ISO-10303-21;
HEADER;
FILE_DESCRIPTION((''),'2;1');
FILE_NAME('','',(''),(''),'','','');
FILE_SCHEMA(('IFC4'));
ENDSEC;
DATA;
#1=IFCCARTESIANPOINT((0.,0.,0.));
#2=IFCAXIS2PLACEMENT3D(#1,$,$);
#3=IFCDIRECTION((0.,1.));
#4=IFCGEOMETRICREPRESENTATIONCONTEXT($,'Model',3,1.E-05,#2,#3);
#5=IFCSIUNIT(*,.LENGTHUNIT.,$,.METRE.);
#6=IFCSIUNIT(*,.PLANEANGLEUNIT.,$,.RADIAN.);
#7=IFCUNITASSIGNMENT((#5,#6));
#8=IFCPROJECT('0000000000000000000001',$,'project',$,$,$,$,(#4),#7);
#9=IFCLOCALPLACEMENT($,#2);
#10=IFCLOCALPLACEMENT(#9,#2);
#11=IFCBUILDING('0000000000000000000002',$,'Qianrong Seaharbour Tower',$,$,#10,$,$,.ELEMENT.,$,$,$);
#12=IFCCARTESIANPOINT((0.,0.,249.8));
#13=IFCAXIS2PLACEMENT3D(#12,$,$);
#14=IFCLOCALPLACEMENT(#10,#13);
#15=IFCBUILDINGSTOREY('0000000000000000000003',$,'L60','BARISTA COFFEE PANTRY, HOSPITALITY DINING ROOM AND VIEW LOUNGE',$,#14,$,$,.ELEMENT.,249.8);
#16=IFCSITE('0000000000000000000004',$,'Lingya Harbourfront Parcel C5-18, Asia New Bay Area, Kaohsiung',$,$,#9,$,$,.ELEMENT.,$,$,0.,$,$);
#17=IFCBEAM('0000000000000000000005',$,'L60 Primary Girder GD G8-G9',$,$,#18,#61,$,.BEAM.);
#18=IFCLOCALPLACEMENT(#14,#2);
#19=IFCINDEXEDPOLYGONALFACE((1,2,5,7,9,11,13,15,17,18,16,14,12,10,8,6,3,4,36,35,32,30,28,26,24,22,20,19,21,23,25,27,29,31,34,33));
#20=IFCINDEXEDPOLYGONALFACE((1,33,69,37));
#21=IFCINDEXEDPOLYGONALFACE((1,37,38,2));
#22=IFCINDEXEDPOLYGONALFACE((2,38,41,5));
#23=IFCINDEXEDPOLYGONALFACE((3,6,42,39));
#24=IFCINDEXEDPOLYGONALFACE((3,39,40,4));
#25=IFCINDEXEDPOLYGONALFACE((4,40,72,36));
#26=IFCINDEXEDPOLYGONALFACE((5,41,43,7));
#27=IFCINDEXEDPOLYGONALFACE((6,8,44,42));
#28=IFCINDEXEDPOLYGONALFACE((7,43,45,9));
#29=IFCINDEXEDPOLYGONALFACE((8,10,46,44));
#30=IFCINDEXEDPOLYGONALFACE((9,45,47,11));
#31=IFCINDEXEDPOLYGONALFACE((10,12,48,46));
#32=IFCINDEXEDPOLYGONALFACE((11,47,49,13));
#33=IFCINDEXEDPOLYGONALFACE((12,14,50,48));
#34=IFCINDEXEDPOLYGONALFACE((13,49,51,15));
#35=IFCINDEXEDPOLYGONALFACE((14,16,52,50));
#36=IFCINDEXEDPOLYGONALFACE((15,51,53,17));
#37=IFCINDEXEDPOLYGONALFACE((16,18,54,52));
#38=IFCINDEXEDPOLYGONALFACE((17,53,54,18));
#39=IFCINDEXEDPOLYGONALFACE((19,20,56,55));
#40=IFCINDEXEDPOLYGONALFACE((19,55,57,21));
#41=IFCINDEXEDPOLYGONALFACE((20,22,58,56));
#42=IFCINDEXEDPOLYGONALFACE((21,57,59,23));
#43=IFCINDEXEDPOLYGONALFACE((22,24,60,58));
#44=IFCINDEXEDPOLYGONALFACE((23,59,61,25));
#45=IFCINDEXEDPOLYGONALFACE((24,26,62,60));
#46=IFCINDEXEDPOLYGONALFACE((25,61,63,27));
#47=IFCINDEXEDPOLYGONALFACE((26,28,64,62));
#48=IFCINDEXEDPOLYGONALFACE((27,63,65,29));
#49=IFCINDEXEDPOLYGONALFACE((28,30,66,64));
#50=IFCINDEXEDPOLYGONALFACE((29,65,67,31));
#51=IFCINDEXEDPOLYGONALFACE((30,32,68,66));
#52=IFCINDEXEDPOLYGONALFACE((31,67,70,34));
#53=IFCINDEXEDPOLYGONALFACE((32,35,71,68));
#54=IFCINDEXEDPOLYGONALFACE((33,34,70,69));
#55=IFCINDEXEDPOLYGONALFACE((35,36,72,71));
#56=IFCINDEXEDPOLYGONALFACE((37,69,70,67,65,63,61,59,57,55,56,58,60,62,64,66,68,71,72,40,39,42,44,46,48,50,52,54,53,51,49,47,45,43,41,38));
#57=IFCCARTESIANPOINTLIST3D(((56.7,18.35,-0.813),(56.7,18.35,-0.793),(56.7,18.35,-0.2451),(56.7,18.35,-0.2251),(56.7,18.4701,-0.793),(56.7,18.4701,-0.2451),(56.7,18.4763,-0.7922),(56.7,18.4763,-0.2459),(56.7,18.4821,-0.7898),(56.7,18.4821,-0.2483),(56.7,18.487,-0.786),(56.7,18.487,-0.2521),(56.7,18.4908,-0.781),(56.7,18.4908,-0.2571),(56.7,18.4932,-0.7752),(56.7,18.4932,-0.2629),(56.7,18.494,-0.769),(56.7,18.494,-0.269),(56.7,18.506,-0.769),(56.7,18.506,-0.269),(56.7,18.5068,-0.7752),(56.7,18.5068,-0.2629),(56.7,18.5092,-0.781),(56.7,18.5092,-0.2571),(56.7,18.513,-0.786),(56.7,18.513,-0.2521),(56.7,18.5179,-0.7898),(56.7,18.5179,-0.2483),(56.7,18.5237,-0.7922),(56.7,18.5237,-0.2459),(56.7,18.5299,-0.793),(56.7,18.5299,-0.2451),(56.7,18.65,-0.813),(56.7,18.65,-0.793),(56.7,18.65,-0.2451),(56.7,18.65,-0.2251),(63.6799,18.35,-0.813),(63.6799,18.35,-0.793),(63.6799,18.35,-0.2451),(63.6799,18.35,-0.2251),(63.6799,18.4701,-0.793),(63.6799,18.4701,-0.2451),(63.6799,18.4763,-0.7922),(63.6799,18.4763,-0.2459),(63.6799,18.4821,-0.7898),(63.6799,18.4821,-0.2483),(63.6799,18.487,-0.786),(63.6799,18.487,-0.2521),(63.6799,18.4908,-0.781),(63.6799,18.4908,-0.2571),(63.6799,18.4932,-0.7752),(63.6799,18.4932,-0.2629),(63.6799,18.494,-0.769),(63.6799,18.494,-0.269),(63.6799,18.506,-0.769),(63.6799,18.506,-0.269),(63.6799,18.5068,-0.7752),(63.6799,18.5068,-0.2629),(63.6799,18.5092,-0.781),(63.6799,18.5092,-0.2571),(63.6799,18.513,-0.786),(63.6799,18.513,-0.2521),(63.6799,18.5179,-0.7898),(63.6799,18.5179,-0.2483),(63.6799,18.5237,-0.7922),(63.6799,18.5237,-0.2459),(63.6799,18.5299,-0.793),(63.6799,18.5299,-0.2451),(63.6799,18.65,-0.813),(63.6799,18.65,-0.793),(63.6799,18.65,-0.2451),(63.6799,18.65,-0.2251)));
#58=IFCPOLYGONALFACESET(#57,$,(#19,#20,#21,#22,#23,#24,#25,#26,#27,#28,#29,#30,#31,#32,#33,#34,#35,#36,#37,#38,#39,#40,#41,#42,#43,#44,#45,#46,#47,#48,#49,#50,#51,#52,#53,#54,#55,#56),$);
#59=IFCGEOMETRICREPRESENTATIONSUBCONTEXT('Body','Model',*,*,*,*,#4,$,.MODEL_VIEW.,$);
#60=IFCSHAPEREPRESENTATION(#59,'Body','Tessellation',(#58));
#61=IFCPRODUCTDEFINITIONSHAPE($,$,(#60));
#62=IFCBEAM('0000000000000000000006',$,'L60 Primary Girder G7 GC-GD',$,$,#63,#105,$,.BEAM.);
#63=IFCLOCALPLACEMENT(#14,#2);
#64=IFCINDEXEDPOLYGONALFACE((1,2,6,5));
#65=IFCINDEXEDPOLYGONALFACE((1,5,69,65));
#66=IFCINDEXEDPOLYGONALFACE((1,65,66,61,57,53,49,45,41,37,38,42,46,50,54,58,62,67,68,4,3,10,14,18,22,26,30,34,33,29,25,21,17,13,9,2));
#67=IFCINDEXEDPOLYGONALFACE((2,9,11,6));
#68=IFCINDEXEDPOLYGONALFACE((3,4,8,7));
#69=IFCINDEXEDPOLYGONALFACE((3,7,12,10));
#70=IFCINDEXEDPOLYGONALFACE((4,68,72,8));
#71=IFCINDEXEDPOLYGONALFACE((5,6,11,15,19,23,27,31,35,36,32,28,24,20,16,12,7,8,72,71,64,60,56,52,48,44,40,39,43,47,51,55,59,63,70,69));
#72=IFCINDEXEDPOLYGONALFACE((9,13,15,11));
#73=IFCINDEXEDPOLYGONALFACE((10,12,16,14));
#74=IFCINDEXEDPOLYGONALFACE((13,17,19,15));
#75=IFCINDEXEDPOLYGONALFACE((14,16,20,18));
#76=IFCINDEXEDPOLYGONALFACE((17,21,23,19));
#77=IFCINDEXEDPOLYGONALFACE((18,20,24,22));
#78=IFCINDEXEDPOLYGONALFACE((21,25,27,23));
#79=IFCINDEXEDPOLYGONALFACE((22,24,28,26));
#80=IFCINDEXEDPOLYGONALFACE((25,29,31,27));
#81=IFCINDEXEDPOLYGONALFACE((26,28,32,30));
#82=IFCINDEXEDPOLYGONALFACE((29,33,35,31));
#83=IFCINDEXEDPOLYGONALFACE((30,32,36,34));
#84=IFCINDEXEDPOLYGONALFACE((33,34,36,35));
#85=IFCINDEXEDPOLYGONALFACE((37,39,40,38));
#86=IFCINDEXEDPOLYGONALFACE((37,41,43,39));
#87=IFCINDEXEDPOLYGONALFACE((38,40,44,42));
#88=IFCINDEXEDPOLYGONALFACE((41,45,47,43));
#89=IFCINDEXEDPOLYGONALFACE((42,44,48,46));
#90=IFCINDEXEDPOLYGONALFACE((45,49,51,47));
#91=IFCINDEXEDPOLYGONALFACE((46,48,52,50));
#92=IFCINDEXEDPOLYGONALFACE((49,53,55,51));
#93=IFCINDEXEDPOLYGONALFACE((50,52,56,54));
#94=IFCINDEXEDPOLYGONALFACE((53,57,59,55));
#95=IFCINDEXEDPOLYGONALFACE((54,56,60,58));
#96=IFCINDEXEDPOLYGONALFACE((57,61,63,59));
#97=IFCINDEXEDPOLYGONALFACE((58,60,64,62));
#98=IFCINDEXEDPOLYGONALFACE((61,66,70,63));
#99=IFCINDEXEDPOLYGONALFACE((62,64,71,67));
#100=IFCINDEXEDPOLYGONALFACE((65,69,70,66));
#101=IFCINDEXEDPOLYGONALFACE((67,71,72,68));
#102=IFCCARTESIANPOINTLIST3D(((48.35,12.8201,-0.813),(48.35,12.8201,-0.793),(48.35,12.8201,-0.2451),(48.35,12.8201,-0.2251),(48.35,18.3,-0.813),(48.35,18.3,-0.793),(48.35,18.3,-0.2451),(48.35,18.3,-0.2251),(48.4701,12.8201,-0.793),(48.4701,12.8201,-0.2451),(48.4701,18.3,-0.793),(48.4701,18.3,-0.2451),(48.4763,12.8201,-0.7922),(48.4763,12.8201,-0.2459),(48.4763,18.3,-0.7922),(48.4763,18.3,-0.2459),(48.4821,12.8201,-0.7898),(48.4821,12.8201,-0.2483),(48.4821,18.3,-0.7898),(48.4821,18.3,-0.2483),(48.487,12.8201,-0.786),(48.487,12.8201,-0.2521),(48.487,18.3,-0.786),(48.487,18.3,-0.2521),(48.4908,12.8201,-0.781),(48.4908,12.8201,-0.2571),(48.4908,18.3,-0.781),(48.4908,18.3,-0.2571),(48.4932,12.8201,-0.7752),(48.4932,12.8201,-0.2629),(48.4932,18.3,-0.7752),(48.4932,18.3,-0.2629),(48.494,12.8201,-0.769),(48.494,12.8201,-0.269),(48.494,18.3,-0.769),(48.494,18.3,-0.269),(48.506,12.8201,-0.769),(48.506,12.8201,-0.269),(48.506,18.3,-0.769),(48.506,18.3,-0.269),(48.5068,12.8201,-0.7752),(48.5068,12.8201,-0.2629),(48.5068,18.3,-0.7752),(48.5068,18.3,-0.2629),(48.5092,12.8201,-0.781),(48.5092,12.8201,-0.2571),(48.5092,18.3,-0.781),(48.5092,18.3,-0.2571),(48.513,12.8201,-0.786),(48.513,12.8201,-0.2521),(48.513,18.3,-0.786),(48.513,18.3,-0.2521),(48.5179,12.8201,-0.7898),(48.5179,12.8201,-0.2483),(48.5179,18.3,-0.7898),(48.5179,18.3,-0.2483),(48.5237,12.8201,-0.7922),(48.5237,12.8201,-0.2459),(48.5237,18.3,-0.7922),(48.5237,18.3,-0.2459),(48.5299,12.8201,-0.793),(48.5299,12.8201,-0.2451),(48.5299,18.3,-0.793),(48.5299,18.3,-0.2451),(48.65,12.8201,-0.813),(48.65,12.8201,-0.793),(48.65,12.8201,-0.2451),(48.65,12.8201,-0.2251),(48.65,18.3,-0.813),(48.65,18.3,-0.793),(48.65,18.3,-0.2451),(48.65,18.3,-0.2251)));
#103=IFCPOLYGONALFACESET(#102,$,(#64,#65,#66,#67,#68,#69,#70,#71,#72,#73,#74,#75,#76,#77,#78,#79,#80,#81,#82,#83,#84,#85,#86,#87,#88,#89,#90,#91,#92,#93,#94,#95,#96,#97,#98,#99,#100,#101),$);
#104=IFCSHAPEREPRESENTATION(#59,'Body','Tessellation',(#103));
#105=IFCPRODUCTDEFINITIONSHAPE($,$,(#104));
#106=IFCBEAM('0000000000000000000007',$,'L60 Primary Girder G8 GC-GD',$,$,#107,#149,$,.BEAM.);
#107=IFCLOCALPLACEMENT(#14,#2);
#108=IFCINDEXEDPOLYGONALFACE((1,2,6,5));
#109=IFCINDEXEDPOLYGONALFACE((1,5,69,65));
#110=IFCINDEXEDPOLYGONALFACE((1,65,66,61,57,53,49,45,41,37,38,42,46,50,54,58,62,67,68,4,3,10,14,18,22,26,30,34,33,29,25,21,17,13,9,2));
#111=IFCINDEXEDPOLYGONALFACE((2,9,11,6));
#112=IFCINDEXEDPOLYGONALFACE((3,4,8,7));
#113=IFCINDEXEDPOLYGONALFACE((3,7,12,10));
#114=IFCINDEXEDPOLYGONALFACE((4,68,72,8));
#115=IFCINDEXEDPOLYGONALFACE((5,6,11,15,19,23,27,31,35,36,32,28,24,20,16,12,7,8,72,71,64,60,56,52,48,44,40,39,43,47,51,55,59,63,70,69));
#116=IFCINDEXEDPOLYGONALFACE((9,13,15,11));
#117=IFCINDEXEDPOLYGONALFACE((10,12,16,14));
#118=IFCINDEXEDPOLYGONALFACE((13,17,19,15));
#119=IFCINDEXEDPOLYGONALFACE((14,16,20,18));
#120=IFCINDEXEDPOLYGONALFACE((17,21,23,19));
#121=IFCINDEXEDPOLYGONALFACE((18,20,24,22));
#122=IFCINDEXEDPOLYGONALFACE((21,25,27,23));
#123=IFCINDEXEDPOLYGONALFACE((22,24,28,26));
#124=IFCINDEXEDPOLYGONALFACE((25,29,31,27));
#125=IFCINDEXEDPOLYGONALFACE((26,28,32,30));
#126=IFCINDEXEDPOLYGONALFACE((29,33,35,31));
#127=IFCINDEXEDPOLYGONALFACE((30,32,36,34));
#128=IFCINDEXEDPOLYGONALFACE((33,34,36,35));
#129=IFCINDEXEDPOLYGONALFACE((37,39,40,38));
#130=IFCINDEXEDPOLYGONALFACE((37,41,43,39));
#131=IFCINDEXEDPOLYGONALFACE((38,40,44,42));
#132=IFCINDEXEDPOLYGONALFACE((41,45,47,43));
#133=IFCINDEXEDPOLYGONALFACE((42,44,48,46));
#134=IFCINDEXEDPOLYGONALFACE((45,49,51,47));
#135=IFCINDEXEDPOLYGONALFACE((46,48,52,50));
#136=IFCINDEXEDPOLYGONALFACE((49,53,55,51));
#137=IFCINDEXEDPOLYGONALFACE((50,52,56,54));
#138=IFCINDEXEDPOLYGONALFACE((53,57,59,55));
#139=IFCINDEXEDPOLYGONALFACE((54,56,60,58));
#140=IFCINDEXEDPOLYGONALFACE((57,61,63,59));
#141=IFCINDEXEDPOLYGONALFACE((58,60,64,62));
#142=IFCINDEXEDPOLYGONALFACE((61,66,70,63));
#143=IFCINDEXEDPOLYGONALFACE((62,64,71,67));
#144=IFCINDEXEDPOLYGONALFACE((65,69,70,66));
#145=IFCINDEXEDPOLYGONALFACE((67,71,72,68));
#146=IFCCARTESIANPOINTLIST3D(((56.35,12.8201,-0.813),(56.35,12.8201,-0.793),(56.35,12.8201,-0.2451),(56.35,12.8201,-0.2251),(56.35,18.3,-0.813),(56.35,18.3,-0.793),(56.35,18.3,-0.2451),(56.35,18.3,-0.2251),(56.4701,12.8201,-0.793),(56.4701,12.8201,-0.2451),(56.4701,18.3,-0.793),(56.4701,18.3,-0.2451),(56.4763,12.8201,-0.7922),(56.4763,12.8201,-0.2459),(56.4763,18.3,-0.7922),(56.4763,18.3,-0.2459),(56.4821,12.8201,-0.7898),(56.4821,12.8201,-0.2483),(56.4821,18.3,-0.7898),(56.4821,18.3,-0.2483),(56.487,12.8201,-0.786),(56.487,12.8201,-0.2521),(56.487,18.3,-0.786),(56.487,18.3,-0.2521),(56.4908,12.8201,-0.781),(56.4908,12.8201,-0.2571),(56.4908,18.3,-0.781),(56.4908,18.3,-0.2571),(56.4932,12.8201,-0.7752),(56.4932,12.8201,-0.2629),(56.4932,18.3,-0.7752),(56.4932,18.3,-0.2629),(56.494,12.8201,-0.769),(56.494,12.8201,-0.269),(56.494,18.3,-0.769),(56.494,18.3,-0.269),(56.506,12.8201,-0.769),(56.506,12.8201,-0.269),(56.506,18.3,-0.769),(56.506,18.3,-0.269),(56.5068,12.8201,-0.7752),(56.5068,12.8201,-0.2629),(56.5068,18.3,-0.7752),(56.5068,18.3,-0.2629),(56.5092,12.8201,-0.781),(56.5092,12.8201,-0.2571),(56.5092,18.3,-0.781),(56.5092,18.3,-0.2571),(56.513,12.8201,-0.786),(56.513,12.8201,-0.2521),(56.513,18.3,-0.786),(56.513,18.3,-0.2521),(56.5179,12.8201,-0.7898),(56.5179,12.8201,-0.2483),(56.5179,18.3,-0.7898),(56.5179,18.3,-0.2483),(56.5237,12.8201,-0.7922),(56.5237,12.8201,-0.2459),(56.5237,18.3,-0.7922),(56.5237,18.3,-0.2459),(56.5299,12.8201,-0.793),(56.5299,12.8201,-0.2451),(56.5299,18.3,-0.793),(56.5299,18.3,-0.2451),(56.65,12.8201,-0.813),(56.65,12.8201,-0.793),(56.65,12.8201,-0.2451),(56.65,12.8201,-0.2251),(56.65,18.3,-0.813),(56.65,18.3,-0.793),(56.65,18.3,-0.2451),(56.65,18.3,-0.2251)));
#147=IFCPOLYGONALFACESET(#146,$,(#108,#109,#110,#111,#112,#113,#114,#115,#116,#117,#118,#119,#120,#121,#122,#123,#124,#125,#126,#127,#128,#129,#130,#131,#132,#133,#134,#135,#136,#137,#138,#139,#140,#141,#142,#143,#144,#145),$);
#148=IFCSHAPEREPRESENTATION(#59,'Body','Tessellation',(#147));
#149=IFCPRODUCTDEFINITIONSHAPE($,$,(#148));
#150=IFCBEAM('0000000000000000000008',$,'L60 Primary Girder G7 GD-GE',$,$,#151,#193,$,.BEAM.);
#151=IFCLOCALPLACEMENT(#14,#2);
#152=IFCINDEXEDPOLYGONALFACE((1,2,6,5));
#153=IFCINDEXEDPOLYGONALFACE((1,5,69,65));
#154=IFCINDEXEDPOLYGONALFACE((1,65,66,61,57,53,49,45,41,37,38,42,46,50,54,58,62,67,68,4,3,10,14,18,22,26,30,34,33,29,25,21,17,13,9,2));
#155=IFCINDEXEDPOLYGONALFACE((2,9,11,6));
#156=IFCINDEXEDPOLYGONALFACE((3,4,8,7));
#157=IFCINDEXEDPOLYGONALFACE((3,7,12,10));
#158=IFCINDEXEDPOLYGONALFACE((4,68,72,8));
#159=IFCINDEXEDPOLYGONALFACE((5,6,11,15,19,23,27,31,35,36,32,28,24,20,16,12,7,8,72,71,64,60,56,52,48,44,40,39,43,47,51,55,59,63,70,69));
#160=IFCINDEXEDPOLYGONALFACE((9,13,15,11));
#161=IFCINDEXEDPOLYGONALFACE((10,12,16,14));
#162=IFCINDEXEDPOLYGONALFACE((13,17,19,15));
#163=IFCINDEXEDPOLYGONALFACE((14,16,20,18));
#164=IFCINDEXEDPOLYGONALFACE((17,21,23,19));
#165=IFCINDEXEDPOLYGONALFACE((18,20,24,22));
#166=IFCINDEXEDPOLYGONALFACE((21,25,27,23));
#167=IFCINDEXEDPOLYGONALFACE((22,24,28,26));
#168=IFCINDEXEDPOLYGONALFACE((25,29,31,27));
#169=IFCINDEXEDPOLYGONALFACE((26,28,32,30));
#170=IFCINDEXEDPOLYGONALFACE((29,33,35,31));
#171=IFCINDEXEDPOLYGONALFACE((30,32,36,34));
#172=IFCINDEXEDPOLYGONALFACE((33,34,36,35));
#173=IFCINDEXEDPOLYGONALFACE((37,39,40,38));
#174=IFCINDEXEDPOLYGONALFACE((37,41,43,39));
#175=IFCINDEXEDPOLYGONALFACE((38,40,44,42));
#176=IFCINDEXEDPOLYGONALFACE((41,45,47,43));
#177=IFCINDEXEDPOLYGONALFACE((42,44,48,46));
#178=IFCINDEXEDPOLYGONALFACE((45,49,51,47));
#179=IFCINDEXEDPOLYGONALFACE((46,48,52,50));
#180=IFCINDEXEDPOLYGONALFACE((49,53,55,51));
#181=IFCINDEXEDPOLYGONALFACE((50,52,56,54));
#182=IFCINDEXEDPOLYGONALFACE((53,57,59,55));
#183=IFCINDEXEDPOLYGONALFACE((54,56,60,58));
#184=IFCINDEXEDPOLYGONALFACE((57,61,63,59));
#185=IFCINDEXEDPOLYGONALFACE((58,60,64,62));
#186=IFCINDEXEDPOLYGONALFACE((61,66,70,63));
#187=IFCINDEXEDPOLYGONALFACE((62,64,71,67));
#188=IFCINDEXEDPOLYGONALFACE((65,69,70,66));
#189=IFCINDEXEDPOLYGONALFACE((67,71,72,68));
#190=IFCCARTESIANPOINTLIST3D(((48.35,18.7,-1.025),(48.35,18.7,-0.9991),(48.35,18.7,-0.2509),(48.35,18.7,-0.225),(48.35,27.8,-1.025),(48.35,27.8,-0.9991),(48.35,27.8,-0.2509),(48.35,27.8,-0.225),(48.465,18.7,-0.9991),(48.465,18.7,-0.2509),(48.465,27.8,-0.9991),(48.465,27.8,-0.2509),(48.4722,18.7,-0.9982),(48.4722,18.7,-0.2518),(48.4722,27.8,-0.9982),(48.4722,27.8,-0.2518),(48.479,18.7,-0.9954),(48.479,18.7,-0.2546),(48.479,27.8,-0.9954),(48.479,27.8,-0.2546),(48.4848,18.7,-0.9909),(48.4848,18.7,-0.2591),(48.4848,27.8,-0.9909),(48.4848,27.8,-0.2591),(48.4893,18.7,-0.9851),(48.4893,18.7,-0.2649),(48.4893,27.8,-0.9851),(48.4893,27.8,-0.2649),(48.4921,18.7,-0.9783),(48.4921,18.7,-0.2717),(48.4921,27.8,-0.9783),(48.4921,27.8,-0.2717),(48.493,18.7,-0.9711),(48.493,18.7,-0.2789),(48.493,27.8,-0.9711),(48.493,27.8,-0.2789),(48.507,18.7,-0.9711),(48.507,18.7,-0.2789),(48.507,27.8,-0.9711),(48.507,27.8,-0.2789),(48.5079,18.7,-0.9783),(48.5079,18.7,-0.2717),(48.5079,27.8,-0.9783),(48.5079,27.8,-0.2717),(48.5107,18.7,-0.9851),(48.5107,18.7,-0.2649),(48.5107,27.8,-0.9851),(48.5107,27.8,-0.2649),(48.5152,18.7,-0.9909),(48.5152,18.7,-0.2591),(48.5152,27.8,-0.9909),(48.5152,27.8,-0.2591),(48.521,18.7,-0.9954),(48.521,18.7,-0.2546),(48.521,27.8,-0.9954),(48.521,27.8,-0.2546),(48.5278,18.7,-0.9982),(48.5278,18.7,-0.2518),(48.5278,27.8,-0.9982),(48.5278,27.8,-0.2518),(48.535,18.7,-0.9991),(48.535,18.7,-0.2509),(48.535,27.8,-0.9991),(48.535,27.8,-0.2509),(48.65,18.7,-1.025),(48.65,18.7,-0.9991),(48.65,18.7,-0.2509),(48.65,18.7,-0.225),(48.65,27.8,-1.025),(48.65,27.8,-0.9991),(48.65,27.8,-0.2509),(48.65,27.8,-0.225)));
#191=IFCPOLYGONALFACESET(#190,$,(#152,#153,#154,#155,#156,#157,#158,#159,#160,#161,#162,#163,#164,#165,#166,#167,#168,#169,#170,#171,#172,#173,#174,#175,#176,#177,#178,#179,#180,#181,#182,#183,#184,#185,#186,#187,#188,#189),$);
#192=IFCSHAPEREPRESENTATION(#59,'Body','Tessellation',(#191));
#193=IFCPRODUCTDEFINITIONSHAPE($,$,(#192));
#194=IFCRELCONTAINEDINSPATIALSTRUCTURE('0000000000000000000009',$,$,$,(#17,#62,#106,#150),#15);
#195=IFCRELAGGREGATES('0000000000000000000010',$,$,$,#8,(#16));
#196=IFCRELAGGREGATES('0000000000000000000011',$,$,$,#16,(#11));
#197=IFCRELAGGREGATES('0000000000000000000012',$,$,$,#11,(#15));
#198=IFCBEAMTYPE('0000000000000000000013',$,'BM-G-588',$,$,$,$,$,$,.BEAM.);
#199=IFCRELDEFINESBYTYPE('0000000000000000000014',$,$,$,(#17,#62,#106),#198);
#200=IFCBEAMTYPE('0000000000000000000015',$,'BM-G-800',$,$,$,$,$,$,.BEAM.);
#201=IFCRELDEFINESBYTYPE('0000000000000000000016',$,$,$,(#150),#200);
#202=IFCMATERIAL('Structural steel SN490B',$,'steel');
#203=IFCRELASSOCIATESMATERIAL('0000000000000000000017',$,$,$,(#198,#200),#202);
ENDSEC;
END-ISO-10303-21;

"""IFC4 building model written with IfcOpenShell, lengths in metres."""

from ifc_helpers import new_model, si_unit, direction, frame, origin, origin_2d, place, context, subcontext, project, spatial, i_section, extrude, material, material_profile, profile_set, type_object, element, save


model = new_model("IFC4")

# Units and contexts
model_context = context("Model", 3, precision=1e-05, world=origin(), true_north=direction((0.0, 1.0)))
body_context = subcontext(model_context, "Body", "Model", "MODEL_VIEW")
ifc_project = project(units=[si_unit("LENGTHUNIT", "METRE"), si_unit("PLANEANGLEUNIT", "RADIAN")], contexts=[model_context])

# Site, building, storey
site_placement = place(None, origin())
site = spatial("IfcSite", under=ifc_project, at=site_placement, Name="Lingya Harbourfront Parcel C5-18, Asia New Bay Area, Kaohsiung", CompositionType="ELEMENT", RefElevation=0.0)
building_placement = place(site_placement, origin())
building = spatial("IfcBuilding", under=site, at=building_placement, Name="Qianrong Seaharbour Tower", CompositionType="ELEMENT")
storey_placement = place(building_placement, frame((0.0, 0.0, 249.8)))
storey = spatial("IfcBuildingStorey", under=building, at=storey_placement, Name="L60", Description="BARISTA COFFEE PANTRY, HOSPITALITY DINING ROOM AND VIEW LOUNGE", CompositionType="ELEMENT", Elevation=249.8)

# Shared definitions
ifc_material_1 = material(Name="Structural steel SN490B", Category="steel")

# Beams
ifc_material_profile_1 = material_profile(ifc_material_1, i_section(OverallWidth=0.3, OverallDepth=0.5879, WebThickness=0.012, FlangeThickness=0.02, FilletRadius=0.0239, at=origin_2d()), Name="H588x300x12x20")
ifc_profile_set_1 = profile_set([ifc_material_profile_1], Name="Structural steel SN490B")
beam_type_1 = type_object("IfcBeamType", Name="BM-G-588", PredefinedType="BEAM", material=ifc_profile_set_1)
beam_1_placement = place(storey_placement, frame((56.7, 18.5, -0.519), z_axis=(1.0, 0.0, 0.0), x_axis=(0.0, 1.0, 0.0)))
element("IfcBeam", 1, at=beam_1_placement, inside=storey, type_object=beam_type_1, Name="L60 Primary Girder GD G8-G9", PredefinedType="BEAM", context=body_context, shape_type="SweptSolid", body=[
    extrude(i_section(OverallWidth=0.3, OverallDepth=0.5879, WebThickness=0.012, FlangeThickness=0.02, FilletRadius=0.0239, at=origin_2d()), origin(), (0.0, 0.0, 1.0), 6.98),
])
for number, where, z_axis, x_axis, name in (
    (2, (48.5, 12.8201, -0.519), (0.0, 1.0, 0.0), (-1.0, 0.0, 0.0), "L60 Primary Girder G7 GC-GD"),
    (3, (56.5, 12.8201, -0.519), (0.0, 1.0, 0.0), (-1.0, 0.0, 0.0), "L60 Primary Girder G8 GC-GD"),
):
    element("IfcBeam", number, at=place(storey_placement, frame(where, z_axis=z_axis, x_axis=x_axis)), inside=storey, type_object=beam_type_1, Name=name, PredefinedType="BEAM", context=body_context, shape_type="SweptSolid", body=[
        extrude(i_section(OverallWidth=0.3, OverallDepth=0.5879, WebThickness=0.012, FlangeThickness=0.02, FilletRadius=0.0239, at=origin_2d()), origin(), (0.0, 0.0, 1.0), 5.48),
    ])
ifc_material_profile_2 = material_profile(ifc_material_1, i_section(OverallWidth=0.3, OverallDepth=0.8, WebThickness=0.0139, FlangeThickness=0.0259, FilletRadius=0.0281, at=origin_2d()), Name="H800x300x14x26")
ifc_profile_set_2 = profile_set([ifc_material_profile_2], Name="Structural steel SN490B")
beam_type_2 = type_object("IfcBeamType", Name="BM-G-800", PredefinedType="BEAM", material=ifc_profile_set_2)
for number, where, z_axis, x_axis, name in (
    (4, (48.5, 18.7, -0.625), (0.0, 1.0, 0.0), (-1.0, 0.0, 0.0), "L60 Primary Girder G7 GD-GE"),
):
    element("IfcBeam", number, at=place(storey_placement, frame(where, z_axis=z_axis, x_axis=x_axis)), inside=storey, type_object=beam_type_2, Name=name, PredefinedType="BEAM", context=body_context, shape_type="SweptSolid", body=[
        extrude(i_section(OverallWidth=0.3, OverallDepth=0.8, WebThickness=0.0139, FlangeThickness=0.0259, FilletRadius=0.0281, at=origin_2d()), origin(), (0.0, 0.0, 1.0), 9.1001),
    ])

save(model, "model.ifc")
